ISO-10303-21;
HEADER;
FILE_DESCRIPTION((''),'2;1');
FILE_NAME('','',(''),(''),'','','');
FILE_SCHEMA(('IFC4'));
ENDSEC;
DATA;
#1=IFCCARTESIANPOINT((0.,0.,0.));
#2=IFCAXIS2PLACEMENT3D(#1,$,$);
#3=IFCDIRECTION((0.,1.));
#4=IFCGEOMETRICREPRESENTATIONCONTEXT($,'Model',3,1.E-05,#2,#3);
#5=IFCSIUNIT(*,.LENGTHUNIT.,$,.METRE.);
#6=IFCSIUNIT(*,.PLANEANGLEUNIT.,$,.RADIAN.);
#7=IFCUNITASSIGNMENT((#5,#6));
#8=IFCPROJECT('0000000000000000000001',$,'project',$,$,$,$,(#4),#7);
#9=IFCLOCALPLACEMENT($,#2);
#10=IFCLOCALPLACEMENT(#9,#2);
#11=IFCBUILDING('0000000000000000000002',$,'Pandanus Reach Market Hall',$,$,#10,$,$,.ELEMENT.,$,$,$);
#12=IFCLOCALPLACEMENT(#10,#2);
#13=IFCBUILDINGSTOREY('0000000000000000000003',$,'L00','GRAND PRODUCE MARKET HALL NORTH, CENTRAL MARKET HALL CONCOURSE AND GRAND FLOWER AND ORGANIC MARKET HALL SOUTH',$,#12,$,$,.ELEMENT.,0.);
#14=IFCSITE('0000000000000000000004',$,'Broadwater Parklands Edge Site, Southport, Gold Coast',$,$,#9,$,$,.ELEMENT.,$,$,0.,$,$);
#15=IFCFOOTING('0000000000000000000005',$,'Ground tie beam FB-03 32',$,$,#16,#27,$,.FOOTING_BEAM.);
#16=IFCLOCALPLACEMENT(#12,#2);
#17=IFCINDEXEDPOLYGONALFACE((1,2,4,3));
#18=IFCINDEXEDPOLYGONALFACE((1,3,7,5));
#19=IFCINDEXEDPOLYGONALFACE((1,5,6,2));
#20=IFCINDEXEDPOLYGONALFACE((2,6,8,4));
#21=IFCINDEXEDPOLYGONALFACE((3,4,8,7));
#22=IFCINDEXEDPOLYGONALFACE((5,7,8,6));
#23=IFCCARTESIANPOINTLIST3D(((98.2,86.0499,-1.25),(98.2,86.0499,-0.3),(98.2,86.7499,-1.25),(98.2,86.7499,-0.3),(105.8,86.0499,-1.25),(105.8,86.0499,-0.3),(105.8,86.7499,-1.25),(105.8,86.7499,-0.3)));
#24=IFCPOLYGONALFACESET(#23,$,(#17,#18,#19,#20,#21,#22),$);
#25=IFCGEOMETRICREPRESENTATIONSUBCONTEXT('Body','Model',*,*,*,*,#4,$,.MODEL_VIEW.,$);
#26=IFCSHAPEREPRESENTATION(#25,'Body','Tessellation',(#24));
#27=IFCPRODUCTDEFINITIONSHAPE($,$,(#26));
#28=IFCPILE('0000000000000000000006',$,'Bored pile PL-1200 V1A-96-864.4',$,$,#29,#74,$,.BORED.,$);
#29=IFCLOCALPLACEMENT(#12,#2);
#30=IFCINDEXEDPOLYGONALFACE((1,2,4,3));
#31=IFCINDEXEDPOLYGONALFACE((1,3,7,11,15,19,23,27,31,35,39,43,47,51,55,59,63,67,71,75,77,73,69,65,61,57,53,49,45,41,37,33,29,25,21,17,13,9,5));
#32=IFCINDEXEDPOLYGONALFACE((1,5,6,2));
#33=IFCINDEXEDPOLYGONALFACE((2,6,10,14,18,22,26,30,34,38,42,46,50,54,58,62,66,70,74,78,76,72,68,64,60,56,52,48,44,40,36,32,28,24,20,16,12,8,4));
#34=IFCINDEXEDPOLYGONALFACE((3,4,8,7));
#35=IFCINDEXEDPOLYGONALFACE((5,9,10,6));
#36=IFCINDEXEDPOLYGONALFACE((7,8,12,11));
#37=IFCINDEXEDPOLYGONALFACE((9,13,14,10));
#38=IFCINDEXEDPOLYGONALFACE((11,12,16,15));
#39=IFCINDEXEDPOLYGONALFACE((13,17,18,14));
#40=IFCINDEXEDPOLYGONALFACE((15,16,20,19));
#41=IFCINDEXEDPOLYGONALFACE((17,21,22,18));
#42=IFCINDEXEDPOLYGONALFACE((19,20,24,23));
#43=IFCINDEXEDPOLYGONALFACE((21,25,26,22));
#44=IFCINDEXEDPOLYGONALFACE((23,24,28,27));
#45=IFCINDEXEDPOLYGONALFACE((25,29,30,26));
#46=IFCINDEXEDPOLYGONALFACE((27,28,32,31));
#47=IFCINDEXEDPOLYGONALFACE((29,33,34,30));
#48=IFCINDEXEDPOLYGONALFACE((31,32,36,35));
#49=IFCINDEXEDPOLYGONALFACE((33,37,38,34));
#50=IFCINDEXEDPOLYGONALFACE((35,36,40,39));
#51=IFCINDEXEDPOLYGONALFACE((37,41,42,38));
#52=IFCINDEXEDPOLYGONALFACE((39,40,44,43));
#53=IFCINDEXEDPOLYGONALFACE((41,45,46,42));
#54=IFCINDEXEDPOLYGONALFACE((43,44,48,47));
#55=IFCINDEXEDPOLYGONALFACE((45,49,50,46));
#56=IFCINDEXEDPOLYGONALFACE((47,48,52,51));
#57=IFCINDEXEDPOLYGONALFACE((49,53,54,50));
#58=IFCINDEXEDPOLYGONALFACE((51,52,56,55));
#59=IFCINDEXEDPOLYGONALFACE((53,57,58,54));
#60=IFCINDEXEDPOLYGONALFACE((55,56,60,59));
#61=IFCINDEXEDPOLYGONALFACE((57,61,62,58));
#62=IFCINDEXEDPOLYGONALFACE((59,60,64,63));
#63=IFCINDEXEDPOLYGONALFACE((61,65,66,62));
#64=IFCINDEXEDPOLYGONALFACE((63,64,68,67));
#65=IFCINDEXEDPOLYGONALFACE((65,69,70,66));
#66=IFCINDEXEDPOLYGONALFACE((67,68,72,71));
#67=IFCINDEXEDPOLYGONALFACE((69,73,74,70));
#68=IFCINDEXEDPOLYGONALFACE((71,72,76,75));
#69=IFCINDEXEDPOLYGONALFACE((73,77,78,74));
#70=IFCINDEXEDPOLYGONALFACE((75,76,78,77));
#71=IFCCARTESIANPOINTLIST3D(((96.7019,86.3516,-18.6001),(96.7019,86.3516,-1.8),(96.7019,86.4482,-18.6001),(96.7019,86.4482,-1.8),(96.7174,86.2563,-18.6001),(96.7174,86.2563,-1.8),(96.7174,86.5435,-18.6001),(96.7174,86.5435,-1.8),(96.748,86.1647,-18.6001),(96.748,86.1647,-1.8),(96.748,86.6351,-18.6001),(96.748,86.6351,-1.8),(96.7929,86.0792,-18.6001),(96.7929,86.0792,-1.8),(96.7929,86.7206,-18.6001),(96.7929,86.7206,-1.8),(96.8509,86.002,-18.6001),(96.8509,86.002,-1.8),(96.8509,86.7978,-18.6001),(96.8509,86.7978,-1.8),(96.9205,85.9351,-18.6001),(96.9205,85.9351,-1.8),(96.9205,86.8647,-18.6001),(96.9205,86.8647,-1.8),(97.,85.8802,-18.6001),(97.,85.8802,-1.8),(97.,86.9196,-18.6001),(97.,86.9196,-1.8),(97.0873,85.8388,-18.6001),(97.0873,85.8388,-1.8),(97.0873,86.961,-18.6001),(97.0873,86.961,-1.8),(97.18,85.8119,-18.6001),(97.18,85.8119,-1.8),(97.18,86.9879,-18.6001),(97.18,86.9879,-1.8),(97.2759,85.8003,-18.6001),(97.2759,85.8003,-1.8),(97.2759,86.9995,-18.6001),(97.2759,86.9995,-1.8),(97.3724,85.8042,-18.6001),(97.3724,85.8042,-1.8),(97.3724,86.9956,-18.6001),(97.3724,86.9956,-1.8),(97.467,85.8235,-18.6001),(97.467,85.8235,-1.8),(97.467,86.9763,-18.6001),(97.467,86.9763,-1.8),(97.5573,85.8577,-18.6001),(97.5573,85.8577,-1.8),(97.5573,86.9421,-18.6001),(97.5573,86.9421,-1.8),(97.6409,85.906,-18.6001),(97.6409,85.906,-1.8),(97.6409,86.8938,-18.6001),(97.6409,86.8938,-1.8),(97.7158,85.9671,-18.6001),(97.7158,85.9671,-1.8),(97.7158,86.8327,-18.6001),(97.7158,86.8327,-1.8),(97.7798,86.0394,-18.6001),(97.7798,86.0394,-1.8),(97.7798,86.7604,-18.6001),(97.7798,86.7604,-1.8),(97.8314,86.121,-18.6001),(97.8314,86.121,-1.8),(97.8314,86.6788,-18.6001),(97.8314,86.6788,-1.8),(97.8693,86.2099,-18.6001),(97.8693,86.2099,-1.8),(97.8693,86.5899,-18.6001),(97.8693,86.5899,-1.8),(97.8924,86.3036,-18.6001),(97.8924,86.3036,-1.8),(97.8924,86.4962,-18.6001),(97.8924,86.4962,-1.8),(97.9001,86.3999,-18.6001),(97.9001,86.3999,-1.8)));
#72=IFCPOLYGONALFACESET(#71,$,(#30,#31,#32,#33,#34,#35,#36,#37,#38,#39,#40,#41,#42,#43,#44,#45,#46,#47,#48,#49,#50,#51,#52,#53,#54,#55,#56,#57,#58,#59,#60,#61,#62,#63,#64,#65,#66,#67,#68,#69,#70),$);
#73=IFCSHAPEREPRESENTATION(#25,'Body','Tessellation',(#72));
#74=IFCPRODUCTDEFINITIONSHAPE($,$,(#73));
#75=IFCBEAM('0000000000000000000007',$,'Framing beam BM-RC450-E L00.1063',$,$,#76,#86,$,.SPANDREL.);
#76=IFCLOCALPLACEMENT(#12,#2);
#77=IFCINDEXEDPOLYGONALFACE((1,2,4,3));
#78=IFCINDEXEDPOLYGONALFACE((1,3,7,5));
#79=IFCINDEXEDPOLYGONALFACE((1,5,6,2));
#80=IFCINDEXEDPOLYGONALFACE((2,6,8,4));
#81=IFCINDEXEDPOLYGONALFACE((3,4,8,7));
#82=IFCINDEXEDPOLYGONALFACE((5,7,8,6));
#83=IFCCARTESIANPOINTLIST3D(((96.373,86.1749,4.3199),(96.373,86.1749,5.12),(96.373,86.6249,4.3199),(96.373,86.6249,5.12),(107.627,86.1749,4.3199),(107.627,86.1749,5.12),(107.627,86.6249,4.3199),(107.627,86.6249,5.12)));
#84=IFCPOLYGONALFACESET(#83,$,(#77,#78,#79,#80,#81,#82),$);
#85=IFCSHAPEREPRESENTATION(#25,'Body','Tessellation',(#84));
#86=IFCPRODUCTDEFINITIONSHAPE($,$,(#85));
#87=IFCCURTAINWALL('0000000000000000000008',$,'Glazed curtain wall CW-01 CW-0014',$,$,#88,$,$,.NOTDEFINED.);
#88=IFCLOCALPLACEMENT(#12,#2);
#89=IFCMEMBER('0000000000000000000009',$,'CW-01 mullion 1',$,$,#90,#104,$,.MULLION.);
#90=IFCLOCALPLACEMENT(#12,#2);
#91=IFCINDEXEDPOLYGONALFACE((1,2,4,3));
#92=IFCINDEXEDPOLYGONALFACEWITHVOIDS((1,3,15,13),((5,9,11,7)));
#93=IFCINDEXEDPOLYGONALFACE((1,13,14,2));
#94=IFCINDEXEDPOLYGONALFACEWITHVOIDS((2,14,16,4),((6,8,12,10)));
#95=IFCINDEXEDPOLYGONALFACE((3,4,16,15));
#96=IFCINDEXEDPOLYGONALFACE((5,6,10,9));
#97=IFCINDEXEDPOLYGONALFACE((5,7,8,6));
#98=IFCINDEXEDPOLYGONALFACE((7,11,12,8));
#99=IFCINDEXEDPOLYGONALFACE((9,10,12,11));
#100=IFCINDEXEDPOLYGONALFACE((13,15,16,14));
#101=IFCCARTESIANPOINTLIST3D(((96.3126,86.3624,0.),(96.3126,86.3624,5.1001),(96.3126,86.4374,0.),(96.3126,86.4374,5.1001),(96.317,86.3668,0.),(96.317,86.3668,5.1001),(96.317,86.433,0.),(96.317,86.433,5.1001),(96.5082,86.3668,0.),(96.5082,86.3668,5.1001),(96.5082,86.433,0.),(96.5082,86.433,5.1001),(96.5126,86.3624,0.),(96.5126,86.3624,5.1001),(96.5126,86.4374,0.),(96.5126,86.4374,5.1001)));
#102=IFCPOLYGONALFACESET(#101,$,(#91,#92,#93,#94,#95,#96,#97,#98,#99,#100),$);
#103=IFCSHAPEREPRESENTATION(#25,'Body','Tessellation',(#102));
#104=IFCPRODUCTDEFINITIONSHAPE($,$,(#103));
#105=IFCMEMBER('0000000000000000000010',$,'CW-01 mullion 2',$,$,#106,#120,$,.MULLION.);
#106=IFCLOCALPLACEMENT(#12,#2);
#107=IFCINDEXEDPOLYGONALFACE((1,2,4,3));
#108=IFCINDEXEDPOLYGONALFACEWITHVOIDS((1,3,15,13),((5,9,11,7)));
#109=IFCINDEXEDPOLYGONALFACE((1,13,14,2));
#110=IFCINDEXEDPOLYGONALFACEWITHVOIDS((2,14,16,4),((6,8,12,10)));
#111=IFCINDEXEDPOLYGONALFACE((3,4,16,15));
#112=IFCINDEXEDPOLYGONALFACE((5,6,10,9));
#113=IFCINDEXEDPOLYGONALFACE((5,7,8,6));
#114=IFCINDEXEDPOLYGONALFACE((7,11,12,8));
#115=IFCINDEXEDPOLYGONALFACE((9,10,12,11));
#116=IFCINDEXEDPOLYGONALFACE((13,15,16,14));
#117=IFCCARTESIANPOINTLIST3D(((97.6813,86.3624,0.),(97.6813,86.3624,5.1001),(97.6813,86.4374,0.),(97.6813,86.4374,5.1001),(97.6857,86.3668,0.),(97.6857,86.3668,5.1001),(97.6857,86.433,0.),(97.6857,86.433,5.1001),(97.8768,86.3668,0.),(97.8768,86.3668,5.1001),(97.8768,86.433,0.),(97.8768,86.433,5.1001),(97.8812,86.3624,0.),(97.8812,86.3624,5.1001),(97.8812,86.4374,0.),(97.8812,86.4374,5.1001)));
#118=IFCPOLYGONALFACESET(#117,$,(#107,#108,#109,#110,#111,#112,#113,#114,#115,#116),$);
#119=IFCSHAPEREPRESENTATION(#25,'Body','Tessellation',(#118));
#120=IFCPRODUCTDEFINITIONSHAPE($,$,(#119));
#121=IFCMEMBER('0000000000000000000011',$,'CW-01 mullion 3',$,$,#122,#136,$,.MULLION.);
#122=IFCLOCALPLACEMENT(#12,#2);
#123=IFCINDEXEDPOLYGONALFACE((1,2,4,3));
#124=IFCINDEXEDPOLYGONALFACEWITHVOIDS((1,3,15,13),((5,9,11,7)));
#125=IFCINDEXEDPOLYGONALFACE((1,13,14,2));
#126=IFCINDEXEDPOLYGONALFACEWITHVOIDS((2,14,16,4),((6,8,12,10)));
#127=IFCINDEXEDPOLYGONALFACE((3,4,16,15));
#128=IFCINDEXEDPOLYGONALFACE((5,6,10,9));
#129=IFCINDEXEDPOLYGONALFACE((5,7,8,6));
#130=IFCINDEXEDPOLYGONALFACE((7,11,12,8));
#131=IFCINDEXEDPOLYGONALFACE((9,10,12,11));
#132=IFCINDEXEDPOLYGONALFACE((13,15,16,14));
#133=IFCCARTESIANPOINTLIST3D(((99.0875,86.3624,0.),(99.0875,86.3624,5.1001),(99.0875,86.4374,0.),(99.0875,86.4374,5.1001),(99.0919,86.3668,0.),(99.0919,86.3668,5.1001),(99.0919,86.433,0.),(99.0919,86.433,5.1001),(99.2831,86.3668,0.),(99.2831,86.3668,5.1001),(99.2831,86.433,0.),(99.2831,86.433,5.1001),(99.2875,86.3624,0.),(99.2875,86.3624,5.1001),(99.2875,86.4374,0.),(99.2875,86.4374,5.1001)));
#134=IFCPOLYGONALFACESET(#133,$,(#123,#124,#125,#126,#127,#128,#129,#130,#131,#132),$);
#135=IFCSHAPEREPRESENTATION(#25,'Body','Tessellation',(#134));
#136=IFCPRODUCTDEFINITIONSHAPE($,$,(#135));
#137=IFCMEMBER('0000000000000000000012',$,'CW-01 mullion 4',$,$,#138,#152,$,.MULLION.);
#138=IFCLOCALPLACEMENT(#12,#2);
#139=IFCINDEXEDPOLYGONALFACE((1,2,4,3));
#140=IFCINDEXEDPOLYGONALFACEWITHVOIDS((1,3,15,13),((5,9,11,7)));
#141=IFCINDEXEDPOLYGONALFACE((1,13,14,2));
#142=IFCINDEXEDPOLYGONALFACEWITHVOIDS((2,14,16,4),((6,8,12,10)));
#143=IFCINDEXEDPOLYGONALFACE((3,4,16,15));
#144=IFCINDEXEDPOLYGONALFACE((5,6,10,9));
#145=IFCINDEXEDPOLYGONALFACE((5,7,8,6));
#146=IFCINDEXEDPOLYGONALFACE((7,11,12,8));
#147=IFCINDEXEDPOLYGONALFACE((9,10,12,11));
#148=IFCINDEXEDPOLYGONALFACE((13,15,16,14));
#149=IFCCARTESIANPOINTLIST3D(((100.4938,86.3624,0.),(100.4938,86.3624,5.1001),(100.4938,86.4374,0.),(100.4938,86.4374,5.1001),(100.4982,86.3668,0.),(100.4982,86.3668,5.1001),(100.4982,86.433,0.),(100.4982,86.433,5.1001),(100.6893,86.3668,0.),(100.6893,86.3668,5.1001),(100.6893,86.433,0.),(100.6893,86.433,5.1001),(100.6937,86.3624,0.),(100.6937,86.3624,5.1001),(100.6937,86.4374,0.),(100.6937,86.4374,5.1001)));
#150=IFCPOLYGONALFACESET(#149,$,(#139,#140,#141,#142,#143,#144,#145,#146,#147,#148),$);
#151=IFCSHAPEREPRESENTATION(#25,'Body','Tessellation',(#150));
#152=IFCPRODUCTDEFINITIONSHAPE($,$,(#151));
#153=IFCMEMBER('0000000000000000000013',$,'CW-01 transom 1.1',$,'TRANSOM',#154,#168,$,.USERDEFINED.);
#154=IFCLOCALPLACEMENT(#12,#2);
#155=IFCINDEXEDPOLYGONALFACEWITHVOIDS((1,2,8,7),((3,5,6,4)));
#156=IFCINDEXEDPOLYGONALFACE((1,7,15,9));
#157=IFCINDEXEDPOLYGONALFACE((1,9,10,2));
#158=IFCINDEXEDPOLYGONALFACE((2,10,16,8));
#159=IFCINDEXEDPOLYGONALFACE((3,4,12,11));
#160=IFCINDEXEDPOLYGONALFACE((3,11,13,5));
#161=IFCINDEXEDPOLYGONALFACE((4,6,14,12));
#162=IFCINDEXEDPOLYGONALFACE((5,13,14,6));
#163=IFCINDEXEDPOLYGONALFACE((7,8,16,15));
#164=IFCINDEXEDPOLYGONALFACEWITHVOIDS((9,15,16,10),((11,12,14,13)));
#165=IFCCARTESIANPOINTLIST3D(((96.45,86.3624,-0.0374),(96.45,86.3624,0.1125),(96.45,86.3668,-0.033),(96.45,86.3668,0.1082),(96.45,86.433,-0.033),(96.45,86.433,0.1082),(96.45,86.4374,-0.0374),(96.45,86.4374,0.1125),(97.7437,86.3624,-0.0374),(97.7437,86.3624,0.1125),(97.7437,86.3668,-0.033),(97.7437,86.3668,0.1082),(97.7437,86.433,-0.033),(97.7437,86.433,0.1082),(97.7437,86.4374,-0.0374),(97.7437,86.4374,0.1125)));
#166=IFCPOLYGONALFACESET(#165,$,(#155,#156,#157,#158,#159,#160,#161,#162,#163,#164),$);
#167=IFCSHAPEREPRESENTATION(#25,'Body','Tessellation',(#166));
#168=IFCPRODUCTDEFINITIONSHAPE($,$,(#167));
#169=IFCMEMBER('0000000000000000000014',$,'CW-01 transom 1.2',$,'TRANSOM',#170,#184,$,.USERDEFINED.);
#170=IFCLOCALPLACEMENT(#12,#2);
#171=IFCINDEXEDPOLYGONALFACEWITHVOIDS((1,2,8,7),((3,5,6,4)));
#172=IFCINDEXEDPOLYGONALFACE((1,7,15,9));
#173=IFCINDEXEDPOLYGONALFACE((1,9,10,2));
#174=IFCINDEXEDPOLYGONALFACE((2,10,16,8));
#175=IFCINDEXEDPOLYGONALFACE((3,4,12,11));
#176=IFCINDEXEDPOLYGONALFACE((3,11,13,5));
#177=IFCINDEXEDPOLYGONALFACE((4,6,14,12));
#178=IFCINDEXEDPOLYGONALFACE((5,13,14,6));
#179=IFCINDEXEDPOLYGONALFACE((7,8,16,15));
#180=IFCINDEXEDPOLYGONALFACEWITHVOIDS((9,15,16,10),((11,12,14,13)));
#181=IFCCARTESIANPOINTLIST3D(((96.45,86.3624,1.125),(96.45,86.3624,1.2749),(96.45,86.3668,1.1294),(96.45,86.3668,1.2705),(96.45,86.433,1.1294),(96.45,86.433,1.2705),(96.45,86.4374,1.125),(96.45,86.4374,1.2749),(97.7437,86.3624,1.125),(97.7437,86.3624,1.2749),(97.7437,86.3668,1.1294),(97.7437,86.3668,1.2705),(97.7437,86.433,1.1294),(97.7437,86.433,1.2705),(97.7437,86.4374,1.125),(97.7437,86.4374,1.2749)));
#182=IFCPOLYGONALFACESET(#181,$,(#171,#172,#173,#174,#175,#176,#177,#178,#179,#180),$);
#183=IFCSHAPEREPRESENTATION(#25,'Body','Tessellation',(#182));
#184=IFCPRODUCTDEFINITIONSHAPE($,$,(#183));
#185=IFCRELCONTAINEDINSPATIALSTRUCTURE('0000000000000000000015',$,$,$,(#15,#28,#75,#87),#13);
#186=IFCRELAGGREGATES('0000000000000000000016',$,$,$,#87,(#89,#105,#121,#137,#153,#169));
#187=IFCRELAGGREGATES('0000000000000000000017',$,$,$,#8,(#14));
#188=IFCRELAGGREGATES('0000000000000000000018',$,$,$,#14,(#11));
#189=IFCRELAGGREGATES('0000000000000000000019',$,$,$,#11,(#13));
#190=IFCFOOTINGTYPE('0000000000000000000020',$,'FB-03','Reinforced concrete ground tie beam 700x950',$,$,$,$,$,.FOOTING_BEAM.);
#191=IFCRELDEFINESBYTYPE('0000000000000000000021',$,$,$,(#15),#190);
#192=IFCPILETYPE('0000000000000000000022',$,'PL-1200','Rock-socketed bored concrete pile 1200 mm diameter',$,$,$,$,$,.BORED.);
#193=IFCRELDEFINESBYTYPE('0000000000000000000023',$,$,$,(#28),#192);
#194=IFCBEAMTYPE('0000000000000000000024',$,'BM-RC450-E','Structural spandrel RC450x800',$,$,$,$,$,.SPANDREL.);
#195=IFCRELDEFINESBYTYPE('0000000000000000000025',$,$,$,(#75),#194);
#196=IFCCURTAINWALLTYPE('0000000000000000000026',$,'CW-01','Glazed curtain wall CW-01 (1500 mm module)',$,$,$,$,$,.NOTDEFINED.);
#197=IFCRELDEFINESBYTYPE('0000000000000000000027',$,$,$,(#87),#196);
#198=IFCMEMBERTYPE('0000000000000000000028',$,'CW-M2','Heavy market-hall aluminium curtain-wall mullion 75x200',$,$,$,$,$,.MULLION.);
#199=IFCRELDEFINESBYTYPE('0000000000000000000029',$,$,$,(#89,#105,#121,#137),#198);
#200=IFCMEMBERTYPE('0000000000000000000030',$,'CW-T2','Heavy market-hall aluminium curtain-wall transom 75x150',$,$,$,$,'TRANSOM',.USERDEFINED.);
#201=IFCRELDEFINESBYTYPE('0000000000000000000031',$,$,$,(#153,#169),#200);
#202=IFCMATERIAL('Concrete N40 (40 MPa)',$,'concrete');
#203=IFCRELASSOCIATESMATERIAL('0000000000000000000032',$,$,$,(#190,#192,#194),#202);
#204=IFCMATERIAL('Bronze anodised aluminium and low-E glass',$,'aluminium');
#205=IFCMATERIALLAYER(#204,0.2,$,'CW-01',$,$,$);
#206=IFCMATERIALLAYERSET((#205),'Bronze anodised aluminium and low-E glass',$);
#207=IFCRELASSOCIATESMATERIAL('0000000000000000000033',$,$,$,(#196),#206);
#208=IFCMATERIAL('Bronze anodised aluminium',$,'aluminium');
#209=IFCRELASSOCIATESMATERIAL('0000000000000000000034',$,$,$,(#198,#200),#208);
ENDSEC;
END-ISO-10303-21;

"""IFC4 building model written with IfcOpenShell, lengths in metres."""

from ifc_helpers import new_model, si_unit, direction, frame, origin, origin_2d, place, context, subcontext, project, spatial, rectangle, hollow_rectangle, circle, extrude, material, layer, layer_set, material_profile, profile_set, type_object, element, aggregate, save


model = new_model("IFC4")

# Units and contexts
model_context = context("Model", 3, precision=1e-05, world=origin(), true_north=direction((0.0, 1.0)))
body_context = subcontext(model_context, "Body", "Model", "MODEL_VIEW")
ifc_project = project(units=[si_unit("LENGTHUNIT", "METRE"), si_unit("PLANEANGLEUNIT", "RADIAN")], contexts=[model_context])

# Site, building, storey
site_placement = place(None, origin())
site = spatial("IfcSite", under=ifc_project, at=site_placement, Name="Broadwater Parklands Edge Site, Southport, Gold Coast", CompositionType="ELEMENT", RefElevation=0.0)
building_placement = place(site_placement, origin())
building = spatial("IfcBuilding", under=site, at=building_placement, Name="Pandanus Reach Market Hall", CompositionType="ELEMENT")
storey_placement = place(building_placement, origin())
storey = spatial("IfcBuildingStorey", under=building, at=storey_placement, Name="L00", Description="GRAND PRODUCE MARKET HALL NORTH, CENTRAL MARKET HALL CONCOURSE AND GRAND FLOWER AND ORGANIC MARKET HALL SOUTH", CompositionType="ELEMENT", Elevation=0.0)

# Footing
ifc_material_1 = material(Name="Concrete N40 (40 MPa)", Category="concrete")
footing_type = type_object("IfcFootingType", Name="FB-03", Description="Reinforced concrete ground tie beam 700x950", PredefinedType="FOOTING_BEAM", material=ifc_material_1)
footing_placement = place(storey_placement, frame((102.0, 86.3999, -1.25), z_axis=(0.0, 0.0, 1.0), x_axis=(1.0, 0.0, 0.0)))
element("IfcFooting", 1, at=footing_placement, inside=storey, type_object=footing_type, Name="Ground tie beam FB-03 32", PredefinedType="FOOTING_BEAM", context=body_context, shape_type="SweptSolid", body=[
    extrude(rectangle(XDim=7.6001, YDim=0.7, at=origin_2d()), origin(), (0.0, 0.0, 1.0), 0.95),
])

# Pile
ifc_material_profile_1 = material_profile(ifc_material_1, circle(Radius=0.6001, at=origin_2d()), Name="PILE-1200D", Category="LoadBearing")
ifc_profile_set_1 = profile_set([ifc_material_profile_1], Name="Concrete N40 (40 MPa)")
pile_type = type_object("IfcPileType", Name="PL-1200", Description="Rock-socketed bored concrete pile 1200 mm diameter", PredefinedType="BORED", material=ifc_profile_set_1)
pile_placement = place(storey_placement, frame((97.3, 86.3999, -1.8), z_axis=(0.0, 0.0, -1.0), x_axis=(1.0, 0.0, 0.0)))
element("IfcPile", 2, at=pile_placement, inside=storey, type_object=pile_type, Name="Bored pile PL-1200 V1A-96-864.4", PredefinedType="BORED", context=body_context, shape_type="SweptSolid", body=[
    extrude(circle(Radius=0.6001, at=origin_2d()), origin(), (0.0, 0.0, 1.0), 16.8),
])

# Beam
ifc_material_profile_2 = material_profile(ifc_material_1, rectangle(XDim=0.45, YDim=0.8, at=origin_2d()), Name="RC450x800", Category="LoadBearing")
ifc_profile_set_2 = profile_set([ifc_material_profile_2], Name="Concrete N40 (40 MPa)")
beam_type = type_object("IfcBeamType", Name="BM-RC450-E", Description="Structural spandrel RC450x800", PredefinedType="SPANDREL", material=ifc_profile_set_2)
beam_placement = place(storey_placement, frame((96.373, 86.3999, 4.72), z_axis=(1.0, 0.0, 0.0), x_axis=(0.0, 1.0, 0.0)))
element("IfcBeam", 3, at=beam_placement, inside=storey, type_object=beam_type, Name="Framing beam BM-RC450-E L00.1063", PredefinedType="SPANDREL", context=body_context, shape_type="SweptSolid", body=[
    extrude(rectangle(XDim=0.45, YDim=0.8, at=origin_2d()), origin(), (0.0, 0.0, 1.0), 11.2539),
])

# Curtain wall, members
ifc_material_2 = material(Name="Bronze anodised aluminium and low-E glass", Category="aluminium")
ifc_layer_1 = layer(ifc_material_2, 0.2, Name="CW-01")
ifc_layer_set_1 = layer_set([ifc_layer_1], Name="Bronze anodised aluminium and low-E glass")
curtain_wall_type = type_object("IfcCurtainWallType", Name="CW-01", Description="Glazed curtain wall CW-01 (1500 mm module)", PredefinedType="NOTDEFINED", material=ifc_layer_set_1)
curtain_wall_placement = place(storey_placement, origin())
curtain_wall = element("IfcCurtainWall", 4, at=curtain_wall_placement, inside=storey, type_object=curtain_wall_type, Name="Glazed curtain wall CW-01 CW-0014", PredefinedType="NOTDEFINED")
ifc_material_3 = material(Name="Bronze anodised aluminium", Category="aluminium")
ifc_material_profile_3 = material_profile(ifc_material_3, hollow_rectangle(XDim=0.075, YDim=0.2, WallThickness=0.0044, at=origin_2d()), Name="ALU75x200", Category="LoadBearing")
ifc_profile_set_3 = profile_set([ifc_material_profile_3], Name="Bronze anodised aluminium")
member_type_1 = type_object("IfcMemberType", Name="CW-M2", Description="Heavy market-hall aluminium curtain-wall mullion 75x200", PredefinedType="MULLION", material=ifc_profile_set_3)
member_1_placement = place(storey_placement, frame((96.4126, 86.3999, 0.0), z_axis=(0.0, 0.0, 1.0), x_axis=(0.0, 1.0, 0.0)))
member_1 = element("IfcMember", 5, at=member_1_placement, type_object=member_type_1, Name="CW-01 mullion 1", PredefinedType="MULLION", context=body_context, shape_type="SweptSolid", body=[
    extrude(hollow_rectangle(XDim=0.075, YDim=0.2, WallThickness=0.0044, at=origin_2d()), origin(), (0.0, 0.0, 1.0), 5.1001),
])
member_2_placement = place(storey_placement, frame((97.7812, 86.3999, 0.0), z_axis=(0.0, 0.0, 1.0), x_axis=(0.0, 1.0, 0.0)))
member_2 = element("IfcMember", 6, at=member_2_placement, type_object=member_type_1, Name="CW-01 mullion 2", PredefinedType="MULLION", context=body_context, shape_type="SweptSolid", body=[
    extrude(hollow_rectangle(XDim=0.075, YDim=0.2, WallThickness=0.0044, at=origin_2d()), origin(), (0.0, 0.0, 1.0), 5.1001),
])
member_3_placement = place(storey_placement, frame((99.1875, 86.3999, 0.0), z_axis=(0.0, 0.0, 1.0), x_axis=(0.0, 1.0, 0.0)))
member_3 = element("IfcMember", 7, at=member_3_placement, type_object=member_type_1, Name="CW-01 mullion 3", PredefinedType="MULLION", context=body_context, shape_type="SweptSolid", body=[
    extrude(hollow_rectangle(XDim=0.075, YDim=0.2, WallThickness=0.0044, at=origin_2d()), origin(), (0.0, 0.0, 1.0), 5.1001),
])
member_4_placement = place(storey_placement, frame((100.5938, 86.3999, 0.0), z_axis=(0.0, 0.0, 1.0), x_axis=(0.0, 1.0, 0.0)))
member_4 = element("IfcMember", 8, at=member_4_placement, type_object=member_type_1, Name="CW-01 mullion 4", PredefinedType="MULLION", context=body_context, shape_type="SweptSolid", body=[
    extrude(hollow_rectangle(XDim=0.075, YDim=0.2, WallThickness=0.0044, at=origin_2d()), origin(), (0.0, 0.0, 1.0), 5.1001),
])
ifc_material_profile_4 = material_profile(ifc_material_3, hollow_rectangle(XDim=0.075, YDim=0.1499, WallThickness=0.0044, at=origin_2d()), Name="ALU75x150", Category="LoadBearing")
ifc_profile_set_4 = profile_set([ifc_material_profile_4], Name="Bronze anodised aluminium")
member_type_2 = type_object("IfcMemberType", Name="CW-T2", Description="Heavy market-hall aluminium curtain-wall transom 75x150", ElementType="TRANSOM", PredefinedType="USERDEFINED", material=ifc_profile_set_4)
member_5_placement = place(storey_placement, frame((96.45, 86.3999, 0.0376), z_axis=(1.0, 0.0, 0.0), x_axis=(0.0, 1.0, 0.0)))
member_5 = element("IfcMember", 9, at=member_5_placement, type_object=member_type_2, Name="CW-01 transom 1.1", ObjectType="TRANSOM", PredefinedType="USERDEFINED", context=body_context, shape_type="SweptSolid", body=[
    extrude(hollow_rectangle(XDim=0.075, YDim=0.1499, WallThickness=0.0044, at=origin_2d()), origin(), (0.0, 0.0, 1.0), 1.2937),
])
member_6_placement = place(storey_placement, frame((96.45, 86.3999, 1.2), z_axis=(1.0, 0.0, 0.0), x_axis=(0.0, 1.0, 0.0)))
member_6 = element("IfcMember", 10, at=member_6_placement, type_object=member_type_2, Name="CW-01 transom 1.2", ObjectType="TRANSOM", PredefinedType="USERDEFINED", context=body_context, shape_type="SweptSolid", body=[
    extrude(hollow_rectangle(XDim=0.075, YDim=0.1499, WallThickness=0.0044, at=origin_2d()), origin(), (0.0, 0.0, 1.0), 1.2937),
])
aggregate(curtain_wall, [member_1, member_2, member_3, member_4, member_5, member_6])

save(model, "model.ifc")
